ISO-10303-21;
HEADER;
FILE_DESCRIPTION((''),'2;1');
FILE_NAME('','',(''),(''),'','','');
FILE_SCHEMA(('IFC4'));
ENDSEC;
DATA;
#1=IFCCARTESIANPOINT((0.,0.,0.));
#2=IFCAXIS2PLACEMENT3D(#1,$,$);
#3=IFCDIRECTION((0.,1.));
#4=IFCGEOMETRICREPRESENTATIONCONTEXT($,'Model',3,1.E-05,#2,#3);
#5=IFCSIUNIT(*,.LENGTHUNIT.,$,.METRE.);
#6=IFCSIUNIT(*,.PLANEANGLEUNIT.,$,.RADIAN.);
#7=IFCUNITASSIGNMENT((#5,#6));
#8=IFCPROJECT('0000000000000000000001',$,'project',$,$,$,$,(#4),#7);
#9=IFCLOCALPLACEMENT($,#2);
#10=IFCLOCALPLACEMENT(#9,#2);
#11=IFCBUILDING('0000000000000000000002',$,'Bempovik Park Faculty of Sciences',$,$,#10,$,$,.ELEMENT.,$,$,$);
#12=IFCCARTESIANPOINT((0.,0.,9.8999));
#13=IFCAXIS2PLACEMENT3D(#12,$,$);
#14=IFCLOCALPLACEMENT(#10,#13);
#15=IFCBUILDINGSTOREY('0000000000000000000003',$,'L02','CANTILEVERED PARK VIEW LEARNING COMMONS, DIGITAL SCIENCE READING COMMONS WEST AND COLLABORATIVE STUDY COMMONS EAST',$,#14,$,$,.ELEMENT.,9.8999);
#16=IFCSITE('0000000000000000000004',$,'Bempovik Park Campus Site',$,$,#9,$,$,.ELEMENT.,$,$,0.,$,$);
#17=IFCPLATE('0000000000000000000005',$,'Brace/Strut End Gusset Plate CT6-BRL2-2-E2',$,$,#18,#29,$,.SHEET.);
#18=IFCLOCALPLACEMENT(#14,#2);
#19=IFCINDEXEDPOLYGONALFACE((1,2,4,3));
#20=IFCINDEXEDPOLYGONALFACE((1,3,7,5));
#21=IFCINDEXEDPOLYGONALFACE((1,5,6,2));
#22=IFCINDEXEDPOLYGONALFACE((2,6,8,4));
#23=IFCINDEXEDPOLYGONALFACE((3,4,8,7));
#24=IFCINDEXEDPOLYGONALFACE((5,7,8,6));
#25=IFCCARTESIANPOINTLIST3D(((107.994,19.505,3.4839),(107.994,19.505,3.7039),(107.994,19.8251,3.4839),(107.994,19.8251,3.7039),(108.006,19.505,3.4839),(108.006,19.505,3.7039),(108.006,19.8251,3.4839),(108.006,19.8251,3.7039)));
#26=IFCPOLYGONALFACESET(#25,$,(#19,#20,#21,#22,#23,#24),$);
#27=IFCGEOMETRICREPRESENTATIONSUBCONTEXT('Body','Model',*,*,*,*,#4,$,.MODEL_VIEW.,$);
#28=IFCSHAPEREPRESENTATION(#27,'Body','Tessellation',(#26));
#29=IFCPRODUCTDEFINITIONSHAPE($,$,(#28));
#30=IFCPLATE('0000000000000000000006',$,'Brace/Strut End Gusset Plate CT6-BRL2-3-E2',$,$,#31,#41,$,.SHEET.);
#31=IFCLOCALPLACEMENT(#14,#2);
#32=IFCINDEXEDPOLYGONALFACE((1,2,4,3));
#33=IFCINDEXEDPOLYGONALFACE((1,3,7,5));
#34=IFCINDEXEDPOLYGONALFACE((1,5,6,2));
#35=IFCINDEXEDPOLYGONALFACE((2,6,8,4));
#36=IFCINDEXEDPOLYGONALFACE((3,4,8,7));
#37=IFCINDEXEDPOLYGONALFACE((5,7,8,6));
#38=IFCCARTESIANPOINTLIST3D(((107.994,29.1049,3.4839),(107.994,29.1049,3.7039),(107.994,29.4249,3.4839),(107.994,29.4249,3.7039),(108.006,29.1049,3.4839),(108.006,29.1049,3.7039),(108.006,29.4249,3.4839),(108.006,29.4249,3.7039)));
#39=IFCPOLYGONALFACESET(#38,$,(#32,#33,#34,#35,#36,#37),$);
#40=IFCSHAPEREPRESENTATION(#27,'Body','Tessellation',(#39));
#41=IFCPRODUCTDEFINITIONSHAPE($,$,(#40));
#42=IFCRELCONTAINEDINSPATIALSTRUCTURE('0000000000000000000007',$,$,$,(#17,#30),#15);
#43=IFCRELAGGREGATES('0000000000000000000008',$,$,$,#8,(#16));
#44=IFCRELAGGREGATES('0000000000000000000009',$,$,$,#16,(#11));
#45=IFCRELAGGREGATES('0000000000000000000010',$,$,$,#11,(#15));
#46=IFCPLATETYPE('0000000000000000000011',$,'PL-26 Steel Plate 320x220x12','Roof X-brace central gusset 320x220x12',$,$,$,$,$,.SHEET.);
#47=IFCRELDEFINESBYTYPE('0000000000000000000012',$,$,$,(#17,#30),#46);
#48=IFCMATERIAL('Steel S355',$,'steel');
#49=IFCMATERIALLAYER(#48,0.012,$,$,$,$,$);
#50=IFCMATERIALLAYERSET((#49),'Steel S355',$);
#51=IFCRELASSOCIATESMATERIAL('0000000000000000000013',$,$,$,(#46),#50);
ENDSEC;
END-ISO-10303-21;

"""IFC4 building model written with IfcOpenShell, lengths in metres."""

from ifc_helpers import new_model, si_unit, direction, frame, origin, origin_2d, place, context, subcontext, project, spatial, rectangle, extrude, material, layer, layer_set, type_object, element, save


model = new_model("IFC4")

# Units and contexts
model_context = context("Model", 3, precision=1e-05, world=origin(), true_north=direction((0.0, 1.0)))
body_context = subcontext(model_context, "Body", "Model", "MODEL_VIEW")
ifc_project = project(units=[si_unit("LENGTHUNIT", "METRE"), si_unit("PLANEANGLEUNIT", "RADIAN")], contexts=[model_context])

# Site, building, storey
site_placement = place(None, origin())
site = spatial("IfcSite", under=ifc_project, at=site_placement, Name="Bempovik Park Campus Site", CompositionType="ELEMENT", RefElevation=0.0)
building_placement = place(site_placement, origin())
building = spatial("IfcBuilding", under=site, at=building_placement, Name="Bempovik Park Faculty of Sciences", CompositionType="ELEMENT")
storey_placement = place(building_placement, frame((0.0, 0.0, 9.8999)))
storey = spatial("IfcBuildingStorey", under=building, at=storey_placement, Name="L02", Description="CANTILEVERED PARK VIEW LEARNING COMMONS, DIGITAL SCIENCE READING COMMONS WEST AND COLLABORATIVE STUDY COMMONS EAST", CompositionType="ELEMENT", Elevation=9.8999)

# Shared definitions
ifc_material_1 = material(Name="Steel S355", Category="steel")

# Plates
ifc_layer_1 = layer(ifc_material_1, 0.012)
ifc_layer_set_1 = layer_set([ifc_layer_1], Name="Steel S355")
plate_type_1 = type_object("IfcPlateType", Name="PL-26 Steel Plate 320x220x12", Description="Roof X-brace central gusset 320x220x12", PredefinedType="SHEET", material=ifc_layer_set_1)
for number, where, z_axis, x_axis, name in (
    (1, (108.0, 19.665, 3.4839), (0.0, 0.0, 1.0), (1.0, 0.0, 0.0), "Brace/Strut End Gusset Plate CT6-BRL2-2-E2"),
    (2, (108.0, 29.2649, 3.4839), (0.0, 0.0, 1.0), (1.0, 0.0, 0.0), "Brace/Strut End Gusset Plate CT6-BRL2-3-E2"),
):
    element("IfcPlate", number, at=place(storey_placement, frame(where, z_axis=z_axis, x_axis=x_axis)), inside=storey, type_object=plate_type_1, Name=name, PredefinedType="SHEET", context=body_context, shape_type="SweptSolid", body=[
        extrude(rectangle(XDim=0.012, YDim=0.3201, at=origin_2d()), origin(), (0.0, 0.0, 1.0), 0.22),
    ])

save(model, "model.ifc")
